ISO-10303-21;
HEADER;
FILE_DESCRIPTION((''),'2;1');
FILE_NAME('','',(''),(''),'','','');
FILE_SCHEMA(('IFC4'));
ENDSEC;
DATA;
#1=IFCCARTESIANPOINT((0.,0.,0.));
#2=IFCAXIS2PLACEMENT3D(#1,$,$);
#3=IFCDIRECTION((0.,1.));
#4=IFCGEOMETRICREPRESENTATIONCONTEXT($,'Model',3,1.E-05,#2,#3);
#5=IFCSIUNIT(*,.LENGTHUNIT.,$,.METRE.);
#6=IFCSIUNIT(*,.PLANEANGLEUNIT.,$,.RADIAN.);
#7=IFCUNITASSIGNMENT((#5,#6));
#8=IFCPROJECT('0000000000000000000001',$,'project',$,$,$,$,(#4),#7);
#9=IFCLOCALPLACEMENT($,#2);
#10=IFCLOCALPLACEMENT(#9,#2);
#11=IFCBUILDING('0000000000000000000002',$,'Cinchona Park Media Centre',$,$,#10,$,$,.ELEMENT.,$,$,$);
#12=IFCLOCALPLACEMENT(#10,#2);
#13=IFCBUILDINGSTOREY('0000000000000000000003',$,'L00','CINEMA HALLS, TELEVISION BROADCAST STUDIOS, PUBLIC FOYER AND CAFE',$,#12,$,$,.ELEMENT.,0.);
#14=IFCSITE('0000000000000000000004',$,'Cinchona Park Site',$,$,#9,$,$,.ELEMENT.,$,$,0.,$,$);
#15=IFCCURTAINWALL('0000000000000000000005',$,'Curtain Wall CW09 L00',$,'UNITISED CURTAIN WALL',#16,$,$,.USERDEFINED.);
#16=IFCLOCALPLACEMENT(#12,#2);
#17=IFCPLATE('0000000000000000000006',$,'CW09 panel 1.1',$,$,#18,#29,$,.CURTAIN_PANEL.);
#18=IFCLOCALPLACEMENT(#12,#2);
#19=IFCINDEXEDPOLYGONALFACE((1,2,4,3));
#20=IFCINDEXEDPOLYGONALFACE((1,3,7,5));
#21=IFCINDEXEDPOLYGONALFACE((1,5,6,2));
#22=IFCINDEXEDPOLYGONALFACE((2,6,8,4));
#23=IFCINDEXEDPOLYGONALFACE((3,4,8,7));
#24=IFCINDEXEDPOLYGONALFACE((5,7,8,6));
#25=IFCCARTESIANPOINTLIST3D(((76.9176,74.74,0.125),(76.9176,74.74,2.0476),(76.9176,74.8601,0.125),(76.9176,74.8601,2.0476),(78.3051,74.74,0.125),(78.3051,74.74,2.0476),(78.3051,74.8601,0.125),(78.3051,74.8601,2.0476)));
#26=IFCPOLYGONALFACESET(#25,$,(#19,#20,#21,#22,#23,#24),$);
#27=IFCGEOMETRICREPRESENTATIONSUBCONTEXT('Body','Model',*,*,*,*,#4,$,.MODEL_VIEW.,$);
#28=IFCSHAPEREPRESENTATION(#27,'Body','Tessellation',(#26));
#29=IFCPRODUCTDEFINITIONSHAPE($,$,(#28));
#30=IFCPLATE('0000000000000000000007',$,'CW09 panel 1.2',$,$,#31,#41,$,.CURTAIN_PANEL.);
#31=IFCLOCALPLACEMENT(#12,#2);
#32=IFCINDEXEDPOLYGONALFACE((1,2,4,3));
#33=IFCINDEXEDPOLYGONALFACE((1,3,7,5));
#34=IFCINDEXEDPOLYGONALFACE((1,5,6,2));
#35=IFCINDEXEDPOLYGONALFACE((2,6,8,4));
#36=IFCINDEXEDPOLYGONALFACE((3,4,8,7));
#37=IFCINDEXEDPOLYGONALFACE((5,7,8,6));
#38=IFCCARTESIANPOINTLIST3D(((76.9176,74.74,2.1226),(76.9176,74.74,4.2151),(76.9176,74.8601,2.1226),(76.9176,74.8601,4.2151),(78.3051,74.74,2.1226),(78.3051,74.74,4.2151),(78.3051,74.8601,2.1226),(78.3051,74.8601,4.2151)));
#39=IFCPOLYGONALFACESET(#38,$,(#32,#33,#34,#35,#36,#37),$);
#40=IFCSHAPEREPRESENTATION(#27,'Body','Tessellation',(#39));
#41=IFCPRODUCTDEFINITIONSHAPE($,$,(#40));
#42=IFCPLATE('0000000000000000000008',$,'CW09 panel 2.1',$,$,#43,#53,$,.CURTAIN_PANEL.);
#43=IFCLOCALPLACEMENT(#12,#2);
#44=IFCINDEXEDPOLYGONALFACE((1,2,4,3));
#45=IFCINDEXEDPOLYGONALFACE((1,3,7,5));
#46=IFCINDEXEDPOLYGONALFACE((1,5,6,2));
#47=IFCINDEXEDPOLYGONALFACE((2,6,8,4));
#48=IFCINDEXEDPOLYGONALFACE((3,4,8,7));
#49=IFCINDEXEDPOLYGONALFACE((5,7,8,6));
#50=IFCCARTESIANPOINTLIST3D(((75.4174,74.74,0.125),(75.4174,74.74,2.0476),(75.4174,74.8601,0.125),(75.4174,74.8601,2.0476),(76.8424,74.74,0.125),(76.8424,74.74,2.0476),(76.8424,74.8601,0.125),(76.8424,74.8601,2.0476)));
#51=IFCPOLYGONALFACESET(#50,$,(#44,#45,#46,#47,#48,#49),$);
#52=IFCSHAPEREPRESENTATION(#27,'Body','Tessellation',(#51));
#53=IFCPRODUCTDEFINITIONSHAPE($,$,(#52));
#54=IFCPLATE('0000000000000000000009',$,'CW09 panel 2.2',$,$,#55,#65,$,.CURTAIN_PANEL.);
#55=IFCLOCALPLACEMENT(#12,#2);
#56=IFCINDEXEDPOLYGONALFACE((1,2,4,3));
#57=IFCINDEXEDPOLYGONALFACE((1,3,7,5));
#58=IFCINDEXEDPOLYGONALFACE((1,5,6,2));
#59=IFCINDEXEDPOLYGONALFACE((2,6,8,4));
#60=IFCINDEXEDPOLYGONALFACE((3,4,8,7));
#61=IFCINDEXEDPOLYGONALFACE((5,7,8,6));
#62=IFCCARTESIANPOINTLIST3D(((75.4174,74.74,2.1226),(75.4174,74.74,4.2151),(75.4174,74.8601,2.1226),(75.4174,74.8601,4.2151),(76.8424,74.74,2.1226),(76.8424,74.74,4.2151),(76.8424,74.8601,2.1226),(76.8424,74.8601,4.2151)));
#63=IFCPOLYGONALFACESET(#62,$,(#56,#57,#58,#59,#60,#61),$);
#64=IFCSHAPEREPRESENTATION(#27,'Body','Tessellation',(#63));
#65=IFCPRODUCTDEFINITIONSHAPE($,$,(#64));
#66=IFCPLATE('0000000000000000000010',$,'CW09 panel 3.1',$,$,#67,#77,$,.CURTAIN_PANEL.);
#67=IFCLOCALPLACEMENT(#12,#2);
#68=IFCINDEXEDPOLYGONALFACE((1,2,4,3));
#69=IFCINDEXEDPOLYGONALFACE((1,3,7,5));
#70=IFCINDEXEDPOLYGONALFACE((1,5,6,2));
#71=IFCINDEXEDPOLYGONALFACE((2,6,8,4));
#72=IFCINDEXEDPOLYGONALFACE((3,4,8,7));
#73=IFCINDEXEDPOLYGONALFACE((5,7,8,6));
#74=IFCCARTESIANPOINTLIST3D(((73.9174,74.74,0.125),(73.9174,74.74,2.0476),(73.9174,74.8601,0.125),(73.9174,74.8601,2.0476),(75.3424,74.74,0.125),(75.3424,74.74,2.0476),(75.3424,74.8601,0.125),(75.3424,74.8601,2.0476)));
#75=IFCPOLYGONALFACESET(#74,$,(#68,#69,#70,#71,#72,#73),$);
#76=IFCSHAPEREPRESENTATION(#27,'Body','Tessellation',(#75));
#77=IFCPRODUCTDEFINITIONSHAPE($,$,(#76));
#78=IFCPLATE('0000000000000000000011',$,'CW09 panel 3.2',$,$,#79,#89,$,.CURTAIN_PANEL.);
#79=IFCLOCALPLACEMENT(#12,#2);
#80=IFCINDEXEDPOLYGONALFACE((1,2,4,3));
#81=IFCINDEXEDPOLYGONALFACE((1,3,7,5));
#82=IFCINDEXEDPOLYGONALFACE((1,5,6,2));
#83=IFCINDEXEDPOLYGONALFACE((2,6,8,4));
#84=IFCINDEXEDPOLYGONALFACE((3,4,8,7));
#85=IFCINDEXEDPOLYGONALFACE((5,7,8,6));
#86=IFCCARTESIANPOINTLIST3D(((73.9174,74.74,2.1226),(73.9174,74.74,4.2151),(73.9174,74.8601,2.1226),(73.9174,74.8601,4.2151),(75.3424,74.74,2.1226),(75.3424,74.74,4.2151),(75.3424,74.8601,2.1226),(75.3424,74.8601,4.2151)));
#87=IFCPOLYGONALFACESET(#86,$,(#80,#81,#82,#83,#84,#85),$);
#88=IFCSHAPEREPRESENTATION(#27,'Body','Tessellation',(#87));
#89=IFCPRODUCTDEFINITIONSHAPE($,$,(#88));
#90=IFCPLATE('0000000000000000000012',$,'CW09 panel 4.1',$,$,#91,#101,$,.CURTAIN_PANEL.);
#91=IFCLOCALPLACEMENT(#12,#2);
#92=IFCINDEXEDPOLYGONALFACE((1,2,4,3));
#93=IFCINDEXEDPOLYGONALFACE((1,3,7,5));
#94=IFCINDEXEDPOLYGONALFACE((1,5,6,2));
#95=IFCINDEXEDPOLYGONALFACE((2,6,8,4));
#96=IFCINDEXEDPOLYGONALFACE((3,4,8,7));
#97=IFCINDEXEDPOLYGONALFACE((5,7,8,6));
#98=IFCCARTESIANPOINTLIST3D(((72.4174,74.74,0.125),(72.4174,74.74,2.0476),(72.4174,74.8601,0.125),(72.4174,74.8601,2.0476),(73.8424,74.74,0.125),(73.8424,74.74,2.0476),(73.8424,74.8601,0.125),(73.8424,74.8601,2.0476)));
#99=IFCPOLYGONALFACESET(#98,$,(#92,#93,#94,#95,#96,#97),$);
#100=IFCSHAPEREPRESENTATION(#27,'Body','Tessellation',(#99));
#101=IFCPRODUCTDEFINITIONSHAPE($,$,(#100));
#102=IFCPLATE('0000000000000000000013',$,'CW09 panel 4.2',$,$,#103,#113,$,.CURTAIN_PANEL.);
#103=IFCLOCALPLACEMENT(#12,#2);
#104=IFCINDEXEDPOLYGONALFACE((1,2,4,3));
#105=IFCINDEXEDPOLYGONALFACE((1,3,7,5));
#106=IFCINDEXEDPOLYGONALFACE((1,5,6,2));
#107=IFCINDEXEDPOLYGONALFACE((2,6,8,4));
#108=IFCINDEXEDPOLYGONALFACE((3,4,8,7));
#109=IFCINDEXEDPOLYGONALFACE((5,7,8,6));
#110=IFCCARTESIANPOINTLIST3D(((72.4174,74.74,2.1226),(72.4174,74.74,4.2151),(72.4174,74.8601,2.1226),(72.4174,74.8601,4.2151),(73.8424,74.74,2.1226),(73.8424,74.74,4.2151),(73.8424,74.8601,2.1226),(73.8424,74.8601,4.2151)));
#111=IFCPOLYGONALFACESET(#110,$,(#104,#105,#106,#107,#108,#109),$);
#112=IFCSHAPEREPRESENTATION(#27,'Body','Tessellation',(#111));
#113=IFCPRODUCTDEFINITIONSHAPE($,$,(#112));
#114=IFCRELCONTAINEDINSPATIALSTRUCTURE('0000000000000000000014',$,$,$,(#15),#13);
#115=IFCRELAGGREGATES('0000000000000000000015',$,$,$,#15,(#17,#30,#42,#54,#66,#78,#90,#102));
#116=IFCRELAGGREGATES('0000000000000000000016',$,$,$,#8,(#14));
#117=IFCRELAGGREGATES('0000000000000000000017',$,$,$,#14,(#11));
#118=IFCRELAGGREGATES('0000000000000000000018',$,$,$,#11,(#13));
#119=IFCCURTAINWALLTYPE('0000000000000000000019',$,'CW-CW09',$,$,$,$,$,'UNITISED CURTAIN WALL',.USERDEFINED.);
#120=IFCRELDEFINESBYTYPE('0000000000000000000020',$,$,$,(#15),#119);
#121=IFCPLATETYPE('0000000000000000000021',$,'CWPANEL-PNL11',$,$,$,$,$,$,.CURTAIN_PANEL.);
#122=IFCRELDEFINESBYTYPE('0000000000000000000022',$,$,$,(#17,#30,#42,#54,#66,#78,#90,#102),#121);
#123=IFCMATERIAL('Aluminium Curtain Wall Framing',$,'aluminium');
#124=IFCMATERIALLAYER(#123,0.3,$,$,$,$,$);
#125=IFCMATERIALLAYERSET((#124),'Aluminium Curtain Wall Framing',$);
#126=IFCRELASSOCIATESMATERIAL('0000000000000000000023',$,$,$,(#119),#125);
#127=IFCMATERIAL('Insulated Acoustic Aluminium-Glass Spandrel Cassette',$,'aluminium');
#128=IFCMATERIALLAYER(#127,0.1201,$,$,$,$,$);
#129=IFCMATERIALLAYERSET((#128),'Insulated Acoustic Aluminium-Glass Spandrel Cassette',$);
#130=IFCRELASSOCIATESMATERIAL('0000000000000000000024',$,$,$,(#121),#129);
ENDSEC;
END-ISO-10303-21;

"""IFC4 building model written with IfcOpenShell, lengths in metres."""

from ifc_helpers import new_model, si_unit, direction, frame, origin, origin_2d, place, context, subcontext, project, spatial, rectangle, extrude, material, layer, layer_set, type_object, element, aggregate, save


model = new_model("IFC4")

# Units and contexts
model_context = context("Model", 3, precision=1e-05, world=origin(), true_north=direction((0.0, 1.0)))
body_context = subcontext(model_context, "Body", "Model", "MODEL_VIEW")
ifc_project = project(units=[si_unit("LENGTHUNIT", "METRE"), si_unit("PLANEANGLEUNIT", "RADIAN")], contexts=[model_context])

# Site, building, storey
site_placement = place(None, origin())
site = spatial("IfcSite", under=ifc_project, at=site_placement, Name="Cinchona Park Site", CompositionType="ELEMENT", RefElevation=0.0)
building_placement = place(site_placement, origin())
building = spatial("IfcBuilding", under=site, at=building_placement, Name="Cinchona Park Media Centre", CompositionType="ELEMENT")
storey_placement = place(building_placement, origin())
storey = spatial("IfcBuildingStorey", under=building, at=storey_placement, Name="L00", Description="CINEMA HALLS, TELEVISION BROADCAST STUDIOS, PUBLIC FOYER AND CAFE", CompositionType="ELEMENT", Elevation=0.0)

# Curtain wall, plates
ifc_material_1 = material(Name="Aluminium Curtain Wall Framing", Category="aluminium")
ifc_layer_1 = layer(ifc_material_1, 0.3)
ifc_layer_set_1 = layer_set([ifc_layer_1], Name="Aluminium Curtain Wall Framing")
curtain_wall_type = type_object("IfcCurtainWallType", Name="CW-CW09", ElementType="UNITISED CURTAIN WALL", PredefinedType="USERDEFINED", material=ifc_layer_set_1)
curtain_wall_placement = place(storey_placement, origin())
curtain_wall = element("IfcCurtainWall", 1, at=curtain_wall_placement, inside=storey, type_object=curtain_wall_type, Name="Curtain Wall CW09 L00", ObjectType="UNITISED CURTAIN WALL", PredefinedType="USERDEFINED")
ifc_material_2 = material(Name="Insulated Acoustic Aluminium-Glass Spandrel Cassette", Category="aluminium")
ifc_layer_2 = layer(ifc_material_2, 0.1201)
ifc_layer_set_2 = layer_set([ifc_layer_2], Name="Insulated Acoustic Aluminium-Glass Spandrel Cassette")
plate_type = type_object("IfcPlateType", Name="CWPANEL-PNL11", PredefinedType="CURTAIN_PANEL", material=ifc_layer_set_2)
plate_1_placement = place(storey_placement, frame((77.6113, 74.8, 0.125), z_axis=(0.0, 0.0, 1.0), x_axis=(-1.0, 0.0, 0.0)))
plate_1 = element("IfcPlate", 2, at=plate_1_placement, type_object=plate_type, Name="CW09 panel 1.1", PredefinedType="CURTAIN_PANEL", context=body_context, shape_type="SweptSolid", body=[
    extrude(rectangle(XDim=1.3875, YDim=0.1201, at=origin_2d()), origin(), (0.0, 0.0, 1.0), 1.9226),
])
plate_2_placement = place(storey_placement, frame((77.6113, 74.8, 2.1226), z_axis=(0.0, 0.0, 1.0), x_axis=(-1.0, 0.0, 0.0)))
plate_2 = element("IfcPlate", 3, at=plate_2_placement, type_object=plate_type, Name="CW09 panel 1.2", PredefinedType="CURTAIN_PANEL", context=body_context, shape_type="SweptSolid", body=[
    extrude(rectangle(XDim=1.3875, YDim=0.1201, at=origin_2d()), origin(), (0.0, 0.0, 1.0), 2.0925),
])
plate_3_placement = place(storey_placement, frame((76.1299, 74.8, 0.125), z_axis=(0.0, 0.0, 1.0), x_axis=(-1.0, 0.0, 0.0)))
plate_3 = element("IfcPlate", 4, at=plate_3_placement, type_object=plate_type, Name="CW09 panel 2.1", PredefinedType="CURTAIN_PANEL", context=body_context, shape_type="SweptSolid", body=[
    extrude(rectangle(XDim=1.425, YDim=0.1201, at=origin_2d()), origin(), (0.0, 0.0, 1.0), 1.9226),
])
plate_4_placement = place(storey_placement, frame((76.1299, 74.8, 2.1226), z_axis=(0.0, 0.0, 1.0), x_axis=(-1.0, 0.0, 0.0)))
plate_4 = element("IfcPlate", 5, at=plate_4_placement, type_object=plate_type, Name="CW09 panel 2.2", PredefinedType="CURTAIN_PANEL", context=body_context, shape_type="SweptSolid", body=[
    extrude(rectangle(XDim=1.425, YDim=0.1201, at=origin_2d()), origin(), (0.0, 0.0, 1.0), 2.0925),
])
plate_5_placement = place(storey_placement, frame((74.6299, 74.8, 0.125), z_axis=(0.0, 0.0, 1.0), x_axis=(-1.0, 0.0, 0.0)))
plate_5 = element("IfcPlate", 6, at=plate_5_placement, type_object=plate_type, Name="CW09 panel 3.1", PredefinedType="CURTAIN_PANEL", context=body_context, shape_type="SweptSolid", body=[
    extrude(rectangle(XDim=1.425, YDim=0.1201, at=origin_2d()), origin(), (0.0, 0.0, 1.0), 1.9226),
])
plate_6_placement = place(storey_placement, frame((74.6299, 74.8, 2.1226), z_axis=(0.0, 0.0, 1.0), x_axis=(-1.0, 0.0, 0.0)))
plate_6 = element("IfcPlate", 7, at=plate_6_placement, type_object=plate_type, Name="CW09 panel 3.2", PredefinedType="CURTAIN_PANEL", context=body_context, shape_type="SweptSolid", body=[
    extrude(rectangle(XDim=1.425, YDim=0.1201, at=origin_2d()), origin(), (0.0, 0.0, 1.0), 2.0925),
])
plate_7_placement = place(storey_placement, frame((73.1299, 74.8, 0.125), z_axis=(0.0, 0.0, 1.0), x_axis=(-1.0, 0.0, 0.0)))
plate_7 = element("IfcPlate", 8, at=plate_7_placement, type_object=plate_type, Name="CW09 panel 4.1", PredefinedType="CURTAIN_PANEL", context=body_context, shape_type="SweptSolid", body=[
    extrude(rectangle(XDim=1.425, YDim=0.1201, at=origin_2d()), origin(), (0.0, 0.0, 1.0), 1.9226),
])
plate_8_placement = place(storey_placement, frame((73.1299, 74.8, 2.1226), z_axis=(0.0, 0.0, 1.0), x_axis=(-1.0, 0.0, 0.0)))
plate_8 = element("IfcPlate", 9, at=plate_8_placement, type_object=plate_type, Name="CW09 panel 4.2", PredefinedType="CURTAIN_PANEL", context=body_context, shape_type="SweptSolid", body=[
    extrude(rectangle(XDim=1.425, YDim=0.1201, at=origin_2d()), origin(), (0.0, 0.0, 1.0), 2.0925),
])
aggregate(curtain_wall, [plate_1, plate_2, plate_3, plate_4, plate_5, plate_6, plate_7, plate_8])

save(model, "model.ifc")
